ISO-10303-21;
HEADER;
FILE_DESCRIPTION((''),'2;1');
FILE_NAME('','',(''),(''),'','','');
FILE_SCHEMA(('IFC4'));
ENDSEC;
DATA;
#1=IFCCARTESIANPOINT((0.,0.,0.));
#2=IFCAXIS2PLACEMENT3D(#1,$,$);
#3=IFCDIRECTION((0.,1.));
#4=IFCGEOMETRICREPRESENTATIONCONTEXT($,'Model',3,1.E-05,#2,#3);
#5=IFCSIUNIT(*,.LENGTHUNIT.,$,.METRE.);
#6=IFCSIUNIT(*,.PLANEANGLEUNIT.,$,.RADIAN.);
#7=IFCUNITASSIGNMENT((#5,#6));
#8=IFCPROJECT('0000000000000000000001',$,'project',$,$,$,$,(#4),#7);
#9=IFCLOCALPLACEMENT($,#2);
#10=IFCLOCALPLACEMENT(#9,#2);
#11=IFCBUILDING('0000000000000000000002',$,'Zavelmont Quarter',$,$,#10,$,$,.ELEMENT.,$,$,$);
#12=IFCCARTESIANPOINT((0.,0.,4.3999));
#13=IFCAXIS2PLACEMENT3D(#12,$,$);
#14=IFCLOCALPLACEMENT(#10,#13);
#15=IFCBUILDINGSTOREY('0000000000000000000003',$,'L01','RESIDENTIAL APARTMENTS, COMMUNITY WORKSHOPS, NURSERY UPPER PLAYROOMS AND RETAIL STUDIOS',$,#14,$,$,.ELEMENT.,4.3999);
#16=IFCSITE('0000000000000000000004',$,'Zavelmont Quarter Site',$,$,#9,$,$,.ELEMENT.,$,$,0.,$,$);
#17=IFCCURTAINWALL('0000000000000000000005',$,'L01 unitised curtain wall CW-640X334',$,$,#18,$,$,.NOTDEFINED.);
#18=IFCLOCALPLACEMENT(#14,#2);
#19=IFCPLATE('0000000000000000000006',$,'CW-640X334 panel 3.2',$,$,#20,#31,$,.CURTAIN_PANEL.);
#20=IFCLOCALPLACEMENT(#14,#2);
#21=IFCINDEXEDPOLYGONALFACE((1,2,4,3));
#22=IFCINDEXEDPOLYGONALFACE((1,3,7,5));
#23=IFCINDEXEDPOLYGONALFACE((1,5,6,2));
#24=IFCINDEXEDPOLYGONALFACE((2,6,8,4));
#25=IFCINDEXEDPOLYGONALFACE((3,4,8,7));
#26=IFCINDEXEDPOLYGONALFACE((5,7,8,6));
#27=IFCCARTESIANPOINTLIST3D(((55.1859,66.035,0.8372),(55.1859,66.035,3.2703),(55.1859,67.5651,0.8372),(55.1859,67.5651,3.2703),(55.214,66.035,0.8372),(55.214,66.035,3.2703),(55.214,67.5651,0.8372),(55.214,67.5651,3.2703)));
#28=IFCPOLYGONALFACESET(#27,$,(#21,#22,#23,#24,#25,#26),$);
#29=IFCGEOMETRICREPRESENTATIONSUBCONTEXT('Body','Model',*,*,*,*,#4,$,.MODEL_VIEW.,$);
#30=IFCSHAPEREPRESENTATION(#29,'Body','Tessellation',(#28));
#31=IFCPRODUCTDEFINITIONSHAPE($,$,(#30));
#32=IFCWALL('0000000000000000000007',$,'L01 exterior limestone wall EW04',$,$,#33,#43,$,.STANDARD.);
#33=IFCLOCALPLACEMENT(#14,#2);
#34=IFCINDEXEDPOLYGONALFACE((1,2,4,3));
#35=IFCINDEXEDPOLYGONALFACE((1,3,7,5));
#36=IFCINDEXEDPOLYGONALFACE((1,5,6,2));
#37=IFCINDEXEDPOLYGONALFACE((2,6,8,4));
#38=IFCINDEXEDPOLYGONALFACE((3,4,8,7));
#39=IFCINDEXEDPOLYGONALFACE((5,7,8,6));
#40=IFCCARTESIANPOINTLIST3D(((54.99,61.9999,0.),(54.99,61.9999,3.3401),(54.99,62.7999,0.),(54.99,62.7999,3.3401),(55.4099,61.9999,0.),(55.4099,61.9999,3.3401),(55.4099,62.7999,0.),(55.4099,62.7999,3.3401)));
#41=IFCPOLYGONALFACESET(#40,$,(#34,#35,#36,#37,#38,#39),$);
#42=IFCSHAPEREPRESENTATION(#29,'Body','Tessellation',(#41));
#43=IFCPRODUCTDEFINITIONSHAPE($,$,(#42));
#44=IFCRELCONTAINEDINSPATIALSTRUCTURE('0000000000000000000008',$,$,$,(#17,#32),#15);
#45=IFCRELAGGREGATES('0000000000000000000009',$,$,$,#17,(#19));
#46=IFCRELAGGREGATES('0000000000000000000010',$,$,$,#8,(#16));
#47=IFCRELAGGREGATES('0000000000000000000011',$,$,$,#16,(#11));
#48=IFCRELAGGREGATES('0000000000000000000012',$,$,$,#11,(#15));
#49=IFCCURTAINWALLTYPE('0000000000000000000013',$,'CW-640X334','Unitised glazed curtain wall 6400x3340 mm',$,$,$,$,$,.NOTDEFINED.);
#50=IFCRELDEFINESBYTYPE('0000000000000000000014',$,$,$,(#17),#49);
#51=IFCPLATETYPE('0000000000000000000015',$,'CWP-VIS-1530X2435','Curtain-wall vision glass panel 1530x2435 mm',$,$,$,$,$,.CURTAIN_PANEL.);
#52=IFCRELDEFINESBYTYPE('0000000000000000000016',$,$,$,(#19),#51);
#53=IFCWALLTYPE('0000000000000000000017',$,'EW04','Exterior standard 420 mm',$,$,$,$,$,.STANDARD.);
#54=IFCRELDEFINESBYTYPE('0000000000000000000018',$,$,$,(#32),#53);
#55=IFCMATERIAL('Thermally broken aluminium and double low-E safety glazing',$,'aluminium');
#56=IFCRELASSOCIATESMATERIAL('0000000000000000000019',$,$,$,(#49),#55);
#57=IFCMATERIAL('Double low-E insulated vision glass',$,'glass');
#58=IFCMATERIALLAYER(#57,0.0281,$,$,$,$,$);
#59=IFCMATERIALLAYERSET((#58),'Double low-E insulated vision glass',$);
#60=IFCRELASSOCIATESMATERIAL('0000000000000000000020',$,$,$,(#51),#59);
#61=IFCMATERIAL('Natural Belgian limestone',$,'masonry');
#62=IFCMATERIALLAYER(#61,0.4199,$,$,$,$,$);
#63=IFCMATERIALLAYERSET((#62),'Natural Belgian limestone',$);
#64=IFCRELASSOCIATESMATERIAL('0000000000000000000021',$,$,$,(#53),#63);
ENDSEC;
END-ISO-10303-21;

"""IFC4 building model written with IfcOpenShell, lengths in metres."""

from ifc_helpers import new_model, si_unit, direction, frame, frame_2d, origin, origin_2d, place, context, subcontext, project, spatial, rectangle, extrude, material, layer, layer_set, type_object, element, aggregate, save


model = new_model("IFC4")

# Units and contexts
model_context = context("Model", 3, precision=1e-05, world=origin(), true_north=direction((0.0, 1.0)))
body_context = subcontext(model_context, "Body", "Model", "MODEL_VIEW")
ifc_project = project(units=[si_unit("LENGTHUNIT", "METRE"), si_unit("PLANEANGLEUNIT", "RADIAN")], contexts=[model_context])

# Site, building, storey
site_placement = place(None, origin())
site = spatial("IfcSite", under=ifc_project, at=site_placement, Name="Zavelmont Quarter Site", CompositionType="ELEMENT", RefElevation=0.0)
building_placement = place(site_placement, origin())
building = spatial("IfcBuilding", under=site, at=building_placement, Name="Zavelmont Quarter", CompositionType="ELEMENT")
storey_placement = place(building_placement, frame((0.0, 0.0, 4.3999)))
storey = spatial("IfcBuildingStorey", under=building, at=storey_placement, Name="L01", Description="RESIDENTIAL APARTMENTS, COMMUNITY WORKSHOPS, NURSERY UPPER PLAYROOMS AND RETAIL STUDIOS", CompositionType="ELEMENT", Elevation=4.3999)

# Curtain wall, plate
ifc_material_1 = material(Name="Thermally broken aluminium and double low-E safety glazing", Category="aluminium")
curtain_wall_type = type_object("IfcCurtainWallType", Name="CW-640X334", Description="Unitised glazed curtain wall 6400x3340 mm", PredefinedType="NOTDEFINED", material=ifc_material_1)
curtain_wall_placement = place(storey_placement, origin())
curtain_wall = element("IfcCurtainWall", 1, at=curtain_wall_placement, inside=storey, type_object=curtain_wall_type, Name="L01 unitised curtain wall CW-640X334", PredefinedType="NOTDEFINED")
ifc_material_2 = material(Name="Double low-E insulated vision glass", Category="glass")
ifc_layer_1 = layer(ifc_material_2, 0.0281)
ifc_layer_set_1 = layer_set([ifc_layer_1], Name="Double low-E insulated vision glass")
plate_type_1 = type_object("IfcPlateType", Name="CWP-VIS-1530X2435", Description="Curtain-wall vision glass panel 1530x2435 mm", PredefinedType="CURTAIN_PANEL", material=ifc_layer_set_1)
plate_1_placement = place(storey_placement, frame((55.2, 66.8, 0.8372), z_axis=(0.0, 0.0, 1.0), x_axis=(0.0, 1.0, 0.0)))
plate_1 = element("IfcPlate", 2, at=plate_1_placement, type_object=plate_type_1, Name="CW-640X334 panel 3.2", PredefinedType="CURTAIN_PANEL", context=body_context, shape_type="SweptSolid", body=[
    extrude(rectangle(XDim=1.53, YDim=0.0281, at=origin_2d()), origin(), (0.0, 0.0, 1.0), 2.4331),
])
aggregate(curtain_wall, [plate_1])

# Wall
ifc_material_3 = material(Name="Natural Belgian limestone", Category="masonry")
ifc_layer_2 = layer(ifc_material_3, 0.4199)
ifc_layer_set_2 = layer_set([ifc_layer_2], Name="Natural Belgian limestone")
wall_type = type_object("IfcWallType", Name="EW04", Description="Exterior standard 420 mm", PredefinedType="STANDARD", material=ifc_layer_set_2)
wall_placement = place(storey_placement, frame((55.2, 62.0, 0.0), z_axis=(0.0, 0.0, 1.0), x_axis=(0.0, 1.0, 0.0)))
element("IfcWall", 3, at=wall_placement, inside=storey, type_object=wall_type, Name="L01 exterior limestone wall EW04", PredefinedType="STANDARD", context=body_context, shape_type="SweptSolid", body=[
    extrude(rectangle(XDim=0.8, YDim=0.4199, at=frame_2d((0.3999, 0.0))), origin(), (0.0, 0.0, 1.0), 3.3401),
])

save(model, "model.ifc")
